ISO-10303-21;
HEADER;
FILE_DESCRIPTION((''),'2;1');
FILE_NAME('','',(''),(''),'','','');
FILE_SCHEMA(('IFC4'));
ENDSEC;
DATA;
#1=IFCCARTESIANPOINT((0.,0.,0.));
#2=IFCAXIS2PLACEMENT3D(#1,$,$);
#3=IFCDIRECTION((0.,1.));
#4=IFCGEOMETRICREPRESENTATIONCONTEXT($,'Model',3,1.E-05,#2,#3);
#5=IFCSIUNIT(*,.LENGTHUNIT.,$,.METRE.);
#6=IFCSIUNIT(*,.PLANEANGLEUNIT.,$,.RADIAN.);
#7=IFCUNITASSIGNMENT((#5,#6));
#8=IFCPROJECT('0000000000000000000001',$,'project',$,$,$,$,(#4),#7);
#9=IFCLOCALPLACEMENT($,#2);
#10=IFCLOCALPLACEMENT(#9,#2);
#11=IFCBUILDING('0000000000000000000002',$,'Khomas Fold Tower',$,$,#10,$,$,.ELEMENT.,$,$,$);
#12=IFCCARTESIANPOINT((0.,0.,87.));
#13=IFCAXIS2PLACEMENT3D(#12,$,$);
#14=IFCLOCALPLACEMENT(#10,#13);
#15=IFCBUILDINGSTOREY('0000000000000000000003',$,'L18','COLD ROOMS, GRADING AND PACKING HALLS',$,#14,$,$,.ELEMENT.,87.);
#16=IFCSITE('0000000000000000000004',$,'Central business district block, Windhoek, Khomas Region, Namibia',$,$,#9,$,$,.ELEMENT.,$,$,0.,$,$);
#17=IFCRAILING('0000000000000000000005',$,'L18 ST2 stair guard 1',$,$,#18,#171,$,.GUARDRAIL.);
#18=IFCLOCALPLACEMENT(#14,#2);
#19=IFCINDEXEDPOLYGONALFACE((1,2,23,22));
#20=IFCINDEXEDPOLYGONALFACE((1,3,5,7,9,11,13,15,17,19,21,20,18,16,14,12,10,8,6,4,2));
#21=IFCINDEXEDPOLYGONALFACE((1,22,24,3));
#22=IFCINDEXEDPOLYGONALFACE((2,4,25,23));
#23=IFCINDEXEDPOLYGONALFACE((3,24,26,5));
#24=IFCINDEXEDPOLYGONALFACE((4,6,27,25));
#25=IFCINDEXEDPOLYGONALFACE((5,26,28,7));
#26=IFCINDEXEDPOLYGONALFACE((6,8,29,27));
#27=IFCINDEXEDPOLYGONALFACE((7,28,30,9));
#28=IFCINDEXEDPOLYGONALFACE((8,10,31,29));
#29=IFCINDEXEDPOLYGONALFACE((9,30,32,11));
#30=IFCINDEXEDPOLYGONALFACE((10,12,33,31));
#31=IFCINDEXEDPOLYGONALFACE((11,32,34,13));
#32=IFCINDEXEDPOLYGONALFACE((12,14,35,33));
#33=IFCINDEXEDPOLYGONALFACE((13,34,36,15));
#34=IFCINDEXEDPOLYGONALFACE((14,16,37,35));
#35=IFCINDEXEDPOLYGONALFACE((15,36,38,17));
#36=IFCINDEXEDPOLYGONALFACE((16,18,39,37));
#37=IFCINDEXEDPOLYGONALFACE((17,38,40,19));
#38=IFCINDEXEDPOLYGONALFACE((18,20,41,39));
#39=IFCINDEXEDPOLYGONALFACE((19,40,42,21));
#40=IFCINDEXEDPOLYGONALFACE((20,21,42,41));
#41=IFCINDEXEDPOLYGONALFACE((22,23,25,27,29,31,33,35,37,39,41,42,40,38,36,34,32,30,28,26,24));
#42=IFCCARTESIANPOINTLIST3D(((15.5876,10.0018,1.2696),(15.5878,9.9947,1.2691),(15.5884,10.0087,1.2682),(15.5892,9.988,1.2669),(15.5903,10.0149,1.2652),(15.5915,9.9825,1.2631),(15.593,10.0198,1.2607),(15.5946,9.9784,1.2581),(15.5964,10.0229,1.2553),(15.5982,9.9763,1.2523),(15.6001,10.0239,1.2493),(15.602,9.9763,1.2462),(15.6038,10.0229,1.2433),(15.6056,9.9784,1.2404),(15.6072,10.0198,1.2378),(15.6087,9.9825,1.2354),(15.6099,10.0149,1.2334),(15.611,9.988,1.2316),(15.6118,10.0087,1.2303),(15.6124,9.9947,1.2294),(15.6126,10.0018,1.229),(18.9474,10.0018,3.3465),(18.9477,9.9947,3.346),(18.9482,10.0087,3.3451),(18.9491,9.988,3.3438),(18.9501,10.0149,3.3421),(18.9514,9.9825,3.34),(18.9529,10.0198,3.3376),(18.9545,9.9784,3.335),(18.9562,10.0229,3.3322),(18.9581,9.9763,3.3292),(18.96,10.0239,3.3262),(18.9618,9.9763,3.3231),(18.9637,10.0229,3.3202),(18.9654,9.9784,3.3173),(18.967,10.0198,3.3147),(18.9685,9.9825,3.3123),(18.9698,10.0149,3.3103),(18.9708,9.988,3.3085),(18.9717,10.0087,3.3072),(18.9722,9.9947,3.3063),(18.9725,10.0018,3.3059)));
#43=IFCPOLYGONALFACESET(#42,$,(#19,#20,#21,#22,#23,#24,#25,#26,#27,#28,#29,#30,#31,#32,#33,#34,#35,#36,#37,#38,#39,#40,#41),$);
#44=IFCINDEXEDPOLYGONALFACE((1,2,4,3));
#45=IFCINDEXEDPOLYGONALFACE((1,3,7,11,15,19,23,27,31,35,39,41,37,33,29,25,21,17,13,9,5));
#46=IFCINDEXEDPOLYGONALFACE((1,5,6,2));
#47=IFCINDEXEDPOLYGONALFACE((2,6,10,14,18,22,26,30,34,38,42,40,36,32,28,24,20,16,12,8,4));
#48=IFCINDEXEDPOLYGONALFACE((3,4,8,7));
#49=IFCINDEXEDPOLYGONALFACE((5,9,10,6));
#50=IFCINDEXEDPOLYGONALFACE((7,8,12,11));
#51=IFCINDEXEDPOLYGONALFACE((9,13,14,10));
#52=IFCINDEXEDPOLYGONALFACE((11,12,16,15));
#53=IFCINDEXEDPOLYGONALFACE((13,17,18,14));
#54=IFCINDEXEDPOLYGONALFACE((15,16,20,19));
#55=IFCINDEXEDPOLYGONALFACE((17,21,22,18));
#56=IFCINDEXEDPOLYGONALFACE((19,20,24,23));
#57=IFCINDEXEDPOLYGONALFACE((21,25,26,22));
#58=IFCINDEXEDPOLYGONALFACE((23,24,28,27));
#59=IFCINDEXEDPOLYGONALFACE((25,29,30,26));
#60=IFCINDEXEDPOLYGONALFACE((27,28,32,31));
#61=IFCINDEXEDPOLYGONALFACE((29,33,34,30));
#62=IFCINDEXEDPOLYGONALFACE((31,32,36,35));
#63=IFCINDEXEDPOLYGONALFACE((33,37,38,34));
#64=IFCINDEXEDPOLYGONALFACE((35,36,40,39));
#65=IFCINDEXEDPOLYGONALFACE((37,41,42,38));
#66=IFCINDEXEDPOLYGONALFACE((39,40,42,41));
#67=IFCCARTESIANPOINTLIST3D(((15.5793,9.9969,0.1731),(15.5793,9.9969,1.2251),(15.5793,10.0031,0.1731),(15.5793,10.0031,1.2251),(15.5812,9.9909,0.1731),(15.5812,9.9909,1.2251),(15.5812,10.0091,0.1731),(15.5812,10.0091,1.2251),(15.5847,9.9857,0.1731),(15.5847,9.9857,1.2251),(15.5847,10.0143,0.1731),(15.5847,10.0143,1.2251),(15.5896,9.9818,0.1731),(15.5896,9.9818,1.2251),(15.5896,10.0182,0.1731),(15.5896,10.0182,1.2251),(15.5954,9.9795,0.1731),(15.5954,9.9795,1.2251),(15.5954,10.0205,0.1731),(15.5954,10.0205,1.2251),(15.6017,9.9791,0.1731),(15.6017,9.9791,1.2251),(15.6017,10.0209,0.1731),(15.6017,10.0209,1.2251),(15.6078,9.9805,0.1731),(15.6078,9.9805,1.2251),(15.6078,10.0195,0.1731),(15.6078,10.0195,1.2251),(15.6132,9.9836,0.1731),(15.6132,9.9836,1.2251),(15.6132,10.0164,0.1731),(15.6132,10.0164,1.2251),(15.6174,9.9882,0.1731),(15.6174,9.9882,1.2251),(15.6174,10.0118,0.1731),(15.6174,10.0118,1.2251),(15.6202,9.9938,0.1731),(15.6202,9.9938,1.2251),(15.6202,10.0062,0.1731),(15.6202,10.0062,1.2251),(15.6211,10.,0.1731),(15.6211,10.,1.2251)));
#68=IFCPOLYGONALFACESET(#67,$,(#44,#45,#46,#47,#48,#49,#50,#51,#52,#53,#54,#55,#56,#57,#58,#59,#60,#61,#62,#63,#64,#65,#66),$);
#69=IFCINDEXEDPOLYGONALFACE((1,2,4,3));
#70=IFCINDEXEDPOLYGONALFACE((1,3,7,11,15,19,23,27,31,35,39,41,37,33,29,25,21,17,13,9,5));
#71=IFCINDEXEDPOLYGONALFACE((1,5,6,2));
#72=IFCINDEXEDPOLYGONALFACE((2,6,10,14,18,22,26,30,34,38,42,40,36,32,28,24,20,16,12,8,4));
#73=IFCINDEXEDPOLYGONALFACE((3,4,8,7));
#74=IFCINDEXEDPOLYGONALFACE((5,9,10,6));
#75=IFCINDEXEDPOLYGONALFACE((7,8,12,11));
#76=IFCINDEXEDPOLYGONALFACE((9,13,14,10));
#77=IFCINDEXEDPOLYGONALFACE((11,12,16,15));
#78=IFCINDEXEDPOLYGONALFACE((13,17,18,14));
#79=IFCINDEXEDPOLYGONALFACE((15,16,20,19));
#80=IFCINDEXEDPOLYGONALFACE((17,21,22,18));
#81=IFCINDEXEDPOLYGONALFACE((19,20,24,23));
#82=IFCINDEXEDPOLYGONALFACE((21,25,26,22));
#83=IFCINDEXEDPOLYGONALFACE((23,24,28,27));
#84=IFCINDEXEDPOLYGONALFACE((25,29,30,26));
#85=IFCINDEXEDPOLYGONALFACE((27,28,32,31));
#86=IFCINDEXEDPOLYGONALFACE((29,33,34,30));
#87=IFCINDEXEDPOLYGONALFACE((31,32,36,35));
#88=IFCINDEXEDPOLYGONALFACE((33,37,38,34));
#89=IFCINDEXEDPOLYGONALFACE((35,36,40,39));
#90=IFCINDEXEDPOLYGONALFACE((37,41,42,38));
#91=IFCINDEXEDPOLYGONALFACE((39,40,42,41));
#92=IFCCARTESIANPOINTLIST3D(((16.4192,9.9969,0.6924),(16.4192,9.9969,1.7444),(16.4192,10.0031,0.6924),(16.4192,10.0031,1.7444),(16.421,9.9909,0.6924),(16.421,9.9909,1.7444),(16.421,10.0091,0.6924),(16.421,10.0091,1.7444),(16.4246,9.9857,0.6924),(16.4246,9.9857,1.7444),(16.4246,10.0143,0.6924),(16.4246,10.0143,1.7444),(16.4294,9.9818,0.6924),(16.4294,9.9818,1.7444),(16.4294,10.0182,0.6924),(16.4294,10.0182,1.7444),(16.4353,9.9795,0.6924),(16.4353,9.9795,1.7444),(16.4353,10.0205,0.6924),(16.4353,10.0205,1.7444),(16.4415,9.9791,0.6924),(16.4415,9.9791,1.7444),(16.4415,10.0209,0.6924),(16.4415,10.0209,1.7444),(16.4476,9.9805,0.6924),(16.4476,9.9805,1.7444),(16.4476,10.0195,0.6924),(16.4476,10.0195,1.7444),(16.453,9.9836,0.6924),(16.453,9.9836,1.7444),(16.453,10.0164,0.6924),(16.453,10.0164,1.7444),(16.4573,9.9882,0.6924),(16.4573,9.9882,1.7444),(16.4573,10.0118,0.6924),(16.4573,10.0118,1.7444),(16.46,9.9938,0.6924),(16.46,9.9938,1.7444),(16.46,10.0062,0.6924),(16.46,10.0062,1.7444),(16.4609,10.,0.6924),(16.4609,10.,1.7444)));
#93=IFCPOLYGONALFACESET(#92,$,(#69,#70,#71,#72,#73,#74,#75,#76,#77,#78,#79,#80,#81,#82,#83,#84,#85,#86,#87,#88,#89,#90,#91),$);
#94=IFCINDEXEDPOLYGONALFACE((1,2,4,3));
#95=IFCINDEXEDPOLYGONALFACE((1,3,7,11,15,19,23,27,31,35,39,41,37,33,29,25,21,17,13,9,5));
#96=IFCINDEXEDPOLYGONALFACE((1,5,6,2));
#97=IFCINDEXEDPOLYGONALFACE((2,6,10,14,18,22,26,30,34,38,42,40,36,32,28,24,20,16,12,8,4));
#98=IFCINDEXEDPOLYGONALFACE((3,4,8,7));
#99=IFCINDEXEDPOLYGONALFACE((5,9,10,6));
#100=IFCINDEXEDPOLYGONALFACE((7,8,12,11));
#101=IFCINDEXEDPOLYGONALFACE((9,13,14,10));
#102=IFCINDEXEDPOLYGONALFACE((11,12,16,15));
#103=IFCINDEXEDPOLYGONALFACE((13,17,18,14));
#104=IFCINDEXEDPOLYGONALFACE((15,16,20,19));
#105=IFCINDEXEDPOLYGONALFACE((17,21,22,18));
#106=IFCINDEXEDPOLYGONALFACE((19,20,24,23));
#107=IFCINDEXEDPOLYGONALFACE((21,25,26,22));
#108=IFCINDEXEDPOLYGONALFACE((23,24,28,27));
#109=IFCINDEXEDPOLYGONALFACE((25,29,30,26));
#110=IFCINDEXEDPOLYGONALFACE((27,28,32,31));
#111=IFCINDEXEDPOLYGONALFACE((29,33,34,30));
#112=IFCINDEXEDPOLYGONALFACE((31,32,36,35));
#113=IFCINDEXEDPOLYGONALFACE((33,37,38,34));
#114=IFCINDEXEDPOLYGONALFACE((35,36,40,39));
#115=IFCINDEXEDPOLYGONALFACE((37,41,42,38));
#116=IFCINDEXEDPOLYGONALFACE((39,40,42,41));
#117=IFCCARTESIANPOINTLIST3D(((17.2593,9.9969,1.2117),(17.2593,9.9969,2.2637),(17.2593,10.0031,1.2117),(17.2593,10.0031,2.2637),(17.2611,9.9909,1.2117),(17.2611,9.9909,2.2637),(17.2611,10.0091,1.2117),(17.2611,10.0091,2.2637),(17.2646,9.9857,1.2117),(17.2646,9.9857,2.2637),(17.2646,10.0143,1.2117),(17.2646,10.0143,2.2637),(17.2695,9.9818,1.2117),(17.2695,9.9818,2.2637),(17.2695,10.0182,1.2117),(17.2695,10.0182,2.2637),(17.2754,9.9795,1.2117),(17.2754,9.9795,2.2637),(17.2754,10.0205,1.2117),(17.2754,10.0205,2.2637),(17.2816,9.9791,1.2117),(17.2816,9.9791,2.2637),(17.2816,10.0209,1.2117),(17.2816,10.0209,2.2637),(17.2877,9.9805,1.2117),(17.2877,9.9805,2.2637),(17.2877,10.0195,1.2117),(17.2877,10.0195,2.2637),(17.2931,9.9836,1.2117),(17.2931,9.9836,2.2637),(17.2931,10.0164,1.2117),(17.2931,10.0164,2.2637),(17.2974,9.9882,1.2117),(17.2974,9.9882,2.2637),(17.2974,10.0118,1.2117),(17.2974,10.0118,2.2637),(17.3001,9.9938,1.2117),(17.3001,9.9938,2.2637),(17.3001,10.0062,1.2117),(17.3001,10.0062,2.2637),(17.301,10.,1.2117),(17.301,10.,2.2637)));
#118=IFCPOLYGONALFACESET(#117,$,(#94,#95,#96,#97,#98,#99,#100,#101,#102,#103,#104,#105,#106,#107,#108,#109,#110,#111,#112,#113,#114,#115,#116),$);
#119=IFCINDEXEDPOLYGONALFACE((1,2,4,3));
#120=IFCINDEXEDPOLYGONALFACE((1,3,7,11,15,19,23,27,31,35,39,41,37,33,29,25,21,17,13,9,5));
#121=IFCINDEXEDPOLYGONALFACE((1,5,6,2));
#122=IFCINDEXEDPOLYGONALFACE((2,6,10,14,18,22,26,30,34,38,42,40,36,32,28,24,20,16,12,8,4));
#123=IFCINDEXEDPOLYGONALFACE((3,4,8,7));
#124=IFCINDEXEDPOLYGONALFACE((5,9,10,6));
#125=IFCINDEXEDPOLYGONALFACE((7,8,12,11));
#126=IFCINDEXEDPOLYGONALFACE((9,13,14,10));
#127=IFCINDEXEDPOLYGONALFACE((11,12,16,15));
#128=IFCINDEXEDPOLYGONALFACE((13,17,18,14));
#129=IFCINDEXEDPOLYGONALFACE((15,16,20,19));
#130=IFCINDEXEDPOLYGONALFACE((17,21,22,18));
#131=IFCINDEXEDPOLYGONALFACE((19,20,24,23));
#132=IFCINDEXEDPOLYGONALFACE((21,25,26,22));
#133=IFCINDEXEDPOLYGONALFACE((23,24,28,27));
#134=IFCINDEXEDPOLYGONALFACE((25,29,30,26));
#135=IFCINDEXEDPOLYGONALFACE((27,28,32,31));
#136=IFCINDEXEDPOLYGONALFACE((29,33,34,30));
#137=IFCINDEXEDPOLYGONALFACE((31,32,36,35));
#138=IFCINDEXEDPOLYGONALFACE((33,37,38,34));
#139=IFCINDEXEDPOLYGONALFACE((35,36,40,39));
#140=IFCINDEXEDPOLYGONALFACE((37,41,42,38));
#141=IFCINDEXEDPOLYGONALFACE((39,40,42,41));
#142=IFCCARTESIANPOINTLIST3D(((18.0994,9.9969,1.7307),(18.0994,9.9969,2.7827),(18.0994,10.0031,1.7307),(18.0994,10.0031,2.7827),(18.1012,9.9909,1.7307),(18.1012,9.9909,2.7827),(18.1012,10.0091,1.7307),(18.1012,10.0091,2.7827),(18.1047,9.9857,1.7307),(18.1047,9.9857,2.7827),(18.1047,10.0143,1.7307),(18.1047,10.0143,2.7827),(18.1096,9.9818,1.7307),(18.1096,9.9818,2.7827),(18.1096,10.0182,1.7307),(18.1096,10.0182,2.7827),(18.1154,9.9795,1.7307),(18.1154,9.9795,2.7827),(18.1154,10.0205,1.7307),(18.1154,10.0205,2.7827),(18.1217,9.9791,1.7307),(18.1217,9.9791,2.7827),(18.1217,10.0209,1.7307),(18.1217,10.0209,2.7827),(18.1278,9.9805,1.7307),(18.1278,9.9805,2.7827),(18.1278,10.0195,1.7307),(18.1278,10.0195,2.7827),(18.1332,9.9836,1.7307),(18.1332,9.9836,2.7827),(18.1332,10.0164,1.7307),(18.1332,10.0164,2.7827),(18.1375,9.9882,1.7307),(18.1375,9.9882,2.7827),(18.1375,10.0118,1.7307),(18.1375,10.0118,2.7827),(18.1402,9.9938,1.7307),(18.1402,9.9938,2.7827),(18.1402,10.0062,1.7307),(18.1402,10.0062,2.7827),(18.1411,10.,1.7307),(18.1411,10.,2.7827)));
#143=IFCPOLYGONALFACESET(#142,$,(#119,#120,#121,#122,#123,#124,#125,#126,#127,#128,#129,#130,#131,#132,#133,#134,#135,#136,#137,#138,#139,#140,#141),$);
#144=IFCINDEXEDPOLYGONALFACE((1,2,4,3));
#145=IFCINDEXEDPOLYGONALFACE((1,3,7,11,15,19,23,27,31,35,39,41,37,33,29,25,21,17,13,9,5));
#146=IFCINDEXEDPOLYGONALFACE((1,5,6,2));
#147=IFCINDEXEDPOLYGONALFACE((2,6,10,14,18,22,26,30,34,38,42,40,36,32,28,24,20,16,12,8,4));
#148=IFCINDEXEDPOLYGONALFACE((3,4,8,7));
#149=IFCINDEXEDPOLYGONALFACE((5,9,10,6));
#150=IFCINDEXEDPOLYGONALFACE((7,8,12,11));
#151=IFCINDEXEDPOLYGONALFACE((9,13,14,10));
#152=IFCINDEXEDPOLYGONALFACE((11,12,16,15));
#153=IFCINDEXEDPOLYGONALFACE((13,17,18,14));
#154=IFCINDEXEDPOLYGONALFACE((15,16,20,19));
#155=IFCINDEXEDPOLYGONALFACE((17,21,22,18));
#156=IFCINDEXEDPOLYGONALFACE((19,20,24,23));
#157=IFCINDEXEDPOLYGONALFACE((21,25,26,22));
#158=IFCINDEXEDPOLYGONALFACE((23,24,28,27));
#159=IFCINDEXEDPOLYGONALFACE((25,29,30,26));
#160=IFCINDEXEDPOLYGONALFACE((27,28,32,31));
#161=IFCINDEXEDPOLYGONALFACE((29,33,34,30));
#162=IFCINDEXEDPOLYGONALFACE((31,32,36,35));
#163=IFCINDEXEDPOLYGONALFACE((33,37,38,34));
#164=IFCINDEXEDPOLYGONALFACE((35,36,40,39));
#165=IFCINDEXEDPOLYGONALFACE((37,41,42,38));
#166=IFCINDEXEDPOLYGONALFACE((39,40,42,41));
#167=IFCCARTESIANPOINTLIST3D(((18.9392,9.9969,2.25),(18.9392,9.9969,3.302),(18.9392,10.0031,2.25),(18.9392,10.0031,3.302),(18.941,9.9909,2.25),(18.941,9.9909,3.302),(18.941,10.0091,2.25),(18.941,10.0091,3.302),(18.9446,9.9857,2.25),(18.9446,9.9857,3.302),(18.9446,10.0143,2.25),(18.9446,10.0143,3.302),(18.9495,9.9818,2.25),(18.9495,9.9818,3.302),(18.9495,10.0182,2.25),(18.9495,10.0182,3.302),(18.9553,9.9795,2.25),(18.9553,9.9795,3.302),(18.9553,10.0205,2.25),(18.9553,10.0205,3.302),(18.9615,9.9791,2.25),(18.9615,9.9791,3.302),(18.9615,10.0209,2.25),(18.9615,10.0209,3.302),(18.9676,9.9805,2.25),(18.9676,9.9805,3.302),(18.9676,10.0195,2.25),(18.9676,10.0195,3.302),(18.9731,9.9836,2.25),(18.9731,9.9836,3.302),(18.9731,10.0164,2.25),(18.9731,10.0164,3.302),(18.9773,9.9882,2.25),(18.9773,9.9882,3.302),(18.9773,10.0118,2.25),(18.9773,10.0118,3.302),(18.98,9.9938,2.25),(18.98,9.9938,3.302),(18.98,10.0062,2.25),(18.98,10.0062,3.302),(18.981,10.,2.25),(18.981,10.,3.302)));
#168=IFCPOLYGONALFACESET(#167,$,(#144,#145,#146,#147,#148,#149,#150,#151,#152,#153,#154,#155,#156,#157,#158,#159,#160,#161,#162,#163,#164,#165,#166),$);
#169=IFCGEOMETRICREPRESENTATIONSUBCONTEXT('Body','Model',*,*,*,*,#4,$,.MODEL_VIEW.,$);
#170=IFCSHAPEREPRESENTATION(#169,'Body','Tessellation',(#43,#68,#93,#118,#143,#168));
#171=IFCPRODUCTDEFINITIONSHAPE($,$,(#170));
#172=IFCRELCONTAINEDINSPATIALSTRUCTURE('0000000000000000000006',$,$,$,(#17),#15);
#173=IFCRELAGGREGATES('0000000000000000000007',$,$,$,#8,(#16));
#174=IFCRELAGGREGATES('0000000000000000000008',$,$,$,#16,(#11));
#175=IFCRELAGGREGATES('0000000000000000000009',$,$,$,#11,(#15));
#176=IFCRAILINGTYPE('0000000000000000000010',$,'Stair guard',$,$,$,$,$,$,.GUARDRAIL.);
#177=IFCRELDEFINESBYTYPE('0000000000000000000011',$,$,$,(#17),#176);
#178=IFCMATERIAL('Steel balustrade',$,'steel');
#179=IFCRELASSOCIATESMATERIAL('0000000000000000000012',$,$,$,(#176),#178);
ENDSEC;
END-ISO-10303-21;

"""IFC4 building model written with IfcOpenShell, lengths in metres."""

from ifc_helpers import new_model, si_unit, direction, frame, origin, origin_2d, place, context, subcontext, project, spatial, circle, extrude, source, transform, mapped, material, type_object, element, save


model = new_model("IFC4")

# Units and contexts
model_context = context("Model", 3, precision=1e-05, world=origin(), true_north=direction((0.0, 1.0)))
body_context = subcontext(model_context, "Body", "Model", "MODEL_VIEW")
ifc_project = project(units=[si_unit("LENGTHUNIT", "METRE"), si_unit("PLANEANGLEUNIT", "RADIAN")], contexts=[model_context])

# Site, building, storey
site_placement = place(None, origin())
site = spatial("IfcSite", under=ifc_project, at=site_placement, Name="Central business district block, Windhoek, Khomas Region, Namibia", CompositionType="ELEMENT", RefElevation=0.0)
building_placement = place(site_placement, origin())
building = spatial("IfcBuilding", under=site, at=building_placement, Name="Khomas Fold Tower", CompositionType="ELEMENT")
storey_placement = place(building_placement, frame((0.0, 0.0, 87.0)))
storey = spatial("IfcBuildingStorey", under=building, at=storey_placement, Name="L18", Description="COLD ROOMS, GRADING AND PACKING HALLS", CompositionType="ELEMENT", Elevation=87.0)

# Railing
ifc_material_1 = material(Name="Steel balustrade", Category="steel")
railing_type_1 = type_object("IfcRailingType", Name="Stair guard", PredefinedType="GUARDRAIL", material=ifc_material_1)
shared_shape_1 = source(origin(), body_context, "Body", "SweptSolid", [
    extrude(circle(Radius=0.0239, at=origin_2d()), frame((0.0, 0.0, 1.0762), z_axis=(0.850606, 0.0, 0.525803), x_axis=(0.0, 1.0, 0.0)), (0.0, 0.0, 1.0), 3.95),
    extrude(circle(Radius=0.021, at=origin_2d()), origin(), (0.0, 0.0, 1.0), 1.052),
    extrude(circle(Radius=0.021, at=origin_2d()), frame((0.8398, 0.0, 0.5193)), (0.0, 0.0, 1.0), 1.052),
    extrude(circle(Radius=0.021, at=origin_2d()), frame((1.6799, 0.0, 1.0386)), (0.0, 0.0, 1.0), 1.052),
    extrude(circle(Radius=0.021, at=origin_2d()), frame((2.52, 0.0, 1.5576)), (0.0, 0.0, 1.0), 1.052),
    extrude(circle(Radius=0.021, at=origin_2d()), frame((3.3599, 0.0, 2.0769)), (0.0, 0.0, 1.0), 1.052),
])
railing_1_placement = place(storey_placement, frame((15.6001, 10.0, 0.1731)))
element("IfcRailing", 1, at=railing_1_placement, inside=storey, type_object=railing_type_1, Name="L18 ST2 stair guard 1", PredefinedType="GUARDRAIL", context=body_context, shape_type="MappedRepresentation", body=[
    mapped(shared_shape_1, transform((0.0, 0.0, 0.0))),
])

save(model, "model.ifc")
